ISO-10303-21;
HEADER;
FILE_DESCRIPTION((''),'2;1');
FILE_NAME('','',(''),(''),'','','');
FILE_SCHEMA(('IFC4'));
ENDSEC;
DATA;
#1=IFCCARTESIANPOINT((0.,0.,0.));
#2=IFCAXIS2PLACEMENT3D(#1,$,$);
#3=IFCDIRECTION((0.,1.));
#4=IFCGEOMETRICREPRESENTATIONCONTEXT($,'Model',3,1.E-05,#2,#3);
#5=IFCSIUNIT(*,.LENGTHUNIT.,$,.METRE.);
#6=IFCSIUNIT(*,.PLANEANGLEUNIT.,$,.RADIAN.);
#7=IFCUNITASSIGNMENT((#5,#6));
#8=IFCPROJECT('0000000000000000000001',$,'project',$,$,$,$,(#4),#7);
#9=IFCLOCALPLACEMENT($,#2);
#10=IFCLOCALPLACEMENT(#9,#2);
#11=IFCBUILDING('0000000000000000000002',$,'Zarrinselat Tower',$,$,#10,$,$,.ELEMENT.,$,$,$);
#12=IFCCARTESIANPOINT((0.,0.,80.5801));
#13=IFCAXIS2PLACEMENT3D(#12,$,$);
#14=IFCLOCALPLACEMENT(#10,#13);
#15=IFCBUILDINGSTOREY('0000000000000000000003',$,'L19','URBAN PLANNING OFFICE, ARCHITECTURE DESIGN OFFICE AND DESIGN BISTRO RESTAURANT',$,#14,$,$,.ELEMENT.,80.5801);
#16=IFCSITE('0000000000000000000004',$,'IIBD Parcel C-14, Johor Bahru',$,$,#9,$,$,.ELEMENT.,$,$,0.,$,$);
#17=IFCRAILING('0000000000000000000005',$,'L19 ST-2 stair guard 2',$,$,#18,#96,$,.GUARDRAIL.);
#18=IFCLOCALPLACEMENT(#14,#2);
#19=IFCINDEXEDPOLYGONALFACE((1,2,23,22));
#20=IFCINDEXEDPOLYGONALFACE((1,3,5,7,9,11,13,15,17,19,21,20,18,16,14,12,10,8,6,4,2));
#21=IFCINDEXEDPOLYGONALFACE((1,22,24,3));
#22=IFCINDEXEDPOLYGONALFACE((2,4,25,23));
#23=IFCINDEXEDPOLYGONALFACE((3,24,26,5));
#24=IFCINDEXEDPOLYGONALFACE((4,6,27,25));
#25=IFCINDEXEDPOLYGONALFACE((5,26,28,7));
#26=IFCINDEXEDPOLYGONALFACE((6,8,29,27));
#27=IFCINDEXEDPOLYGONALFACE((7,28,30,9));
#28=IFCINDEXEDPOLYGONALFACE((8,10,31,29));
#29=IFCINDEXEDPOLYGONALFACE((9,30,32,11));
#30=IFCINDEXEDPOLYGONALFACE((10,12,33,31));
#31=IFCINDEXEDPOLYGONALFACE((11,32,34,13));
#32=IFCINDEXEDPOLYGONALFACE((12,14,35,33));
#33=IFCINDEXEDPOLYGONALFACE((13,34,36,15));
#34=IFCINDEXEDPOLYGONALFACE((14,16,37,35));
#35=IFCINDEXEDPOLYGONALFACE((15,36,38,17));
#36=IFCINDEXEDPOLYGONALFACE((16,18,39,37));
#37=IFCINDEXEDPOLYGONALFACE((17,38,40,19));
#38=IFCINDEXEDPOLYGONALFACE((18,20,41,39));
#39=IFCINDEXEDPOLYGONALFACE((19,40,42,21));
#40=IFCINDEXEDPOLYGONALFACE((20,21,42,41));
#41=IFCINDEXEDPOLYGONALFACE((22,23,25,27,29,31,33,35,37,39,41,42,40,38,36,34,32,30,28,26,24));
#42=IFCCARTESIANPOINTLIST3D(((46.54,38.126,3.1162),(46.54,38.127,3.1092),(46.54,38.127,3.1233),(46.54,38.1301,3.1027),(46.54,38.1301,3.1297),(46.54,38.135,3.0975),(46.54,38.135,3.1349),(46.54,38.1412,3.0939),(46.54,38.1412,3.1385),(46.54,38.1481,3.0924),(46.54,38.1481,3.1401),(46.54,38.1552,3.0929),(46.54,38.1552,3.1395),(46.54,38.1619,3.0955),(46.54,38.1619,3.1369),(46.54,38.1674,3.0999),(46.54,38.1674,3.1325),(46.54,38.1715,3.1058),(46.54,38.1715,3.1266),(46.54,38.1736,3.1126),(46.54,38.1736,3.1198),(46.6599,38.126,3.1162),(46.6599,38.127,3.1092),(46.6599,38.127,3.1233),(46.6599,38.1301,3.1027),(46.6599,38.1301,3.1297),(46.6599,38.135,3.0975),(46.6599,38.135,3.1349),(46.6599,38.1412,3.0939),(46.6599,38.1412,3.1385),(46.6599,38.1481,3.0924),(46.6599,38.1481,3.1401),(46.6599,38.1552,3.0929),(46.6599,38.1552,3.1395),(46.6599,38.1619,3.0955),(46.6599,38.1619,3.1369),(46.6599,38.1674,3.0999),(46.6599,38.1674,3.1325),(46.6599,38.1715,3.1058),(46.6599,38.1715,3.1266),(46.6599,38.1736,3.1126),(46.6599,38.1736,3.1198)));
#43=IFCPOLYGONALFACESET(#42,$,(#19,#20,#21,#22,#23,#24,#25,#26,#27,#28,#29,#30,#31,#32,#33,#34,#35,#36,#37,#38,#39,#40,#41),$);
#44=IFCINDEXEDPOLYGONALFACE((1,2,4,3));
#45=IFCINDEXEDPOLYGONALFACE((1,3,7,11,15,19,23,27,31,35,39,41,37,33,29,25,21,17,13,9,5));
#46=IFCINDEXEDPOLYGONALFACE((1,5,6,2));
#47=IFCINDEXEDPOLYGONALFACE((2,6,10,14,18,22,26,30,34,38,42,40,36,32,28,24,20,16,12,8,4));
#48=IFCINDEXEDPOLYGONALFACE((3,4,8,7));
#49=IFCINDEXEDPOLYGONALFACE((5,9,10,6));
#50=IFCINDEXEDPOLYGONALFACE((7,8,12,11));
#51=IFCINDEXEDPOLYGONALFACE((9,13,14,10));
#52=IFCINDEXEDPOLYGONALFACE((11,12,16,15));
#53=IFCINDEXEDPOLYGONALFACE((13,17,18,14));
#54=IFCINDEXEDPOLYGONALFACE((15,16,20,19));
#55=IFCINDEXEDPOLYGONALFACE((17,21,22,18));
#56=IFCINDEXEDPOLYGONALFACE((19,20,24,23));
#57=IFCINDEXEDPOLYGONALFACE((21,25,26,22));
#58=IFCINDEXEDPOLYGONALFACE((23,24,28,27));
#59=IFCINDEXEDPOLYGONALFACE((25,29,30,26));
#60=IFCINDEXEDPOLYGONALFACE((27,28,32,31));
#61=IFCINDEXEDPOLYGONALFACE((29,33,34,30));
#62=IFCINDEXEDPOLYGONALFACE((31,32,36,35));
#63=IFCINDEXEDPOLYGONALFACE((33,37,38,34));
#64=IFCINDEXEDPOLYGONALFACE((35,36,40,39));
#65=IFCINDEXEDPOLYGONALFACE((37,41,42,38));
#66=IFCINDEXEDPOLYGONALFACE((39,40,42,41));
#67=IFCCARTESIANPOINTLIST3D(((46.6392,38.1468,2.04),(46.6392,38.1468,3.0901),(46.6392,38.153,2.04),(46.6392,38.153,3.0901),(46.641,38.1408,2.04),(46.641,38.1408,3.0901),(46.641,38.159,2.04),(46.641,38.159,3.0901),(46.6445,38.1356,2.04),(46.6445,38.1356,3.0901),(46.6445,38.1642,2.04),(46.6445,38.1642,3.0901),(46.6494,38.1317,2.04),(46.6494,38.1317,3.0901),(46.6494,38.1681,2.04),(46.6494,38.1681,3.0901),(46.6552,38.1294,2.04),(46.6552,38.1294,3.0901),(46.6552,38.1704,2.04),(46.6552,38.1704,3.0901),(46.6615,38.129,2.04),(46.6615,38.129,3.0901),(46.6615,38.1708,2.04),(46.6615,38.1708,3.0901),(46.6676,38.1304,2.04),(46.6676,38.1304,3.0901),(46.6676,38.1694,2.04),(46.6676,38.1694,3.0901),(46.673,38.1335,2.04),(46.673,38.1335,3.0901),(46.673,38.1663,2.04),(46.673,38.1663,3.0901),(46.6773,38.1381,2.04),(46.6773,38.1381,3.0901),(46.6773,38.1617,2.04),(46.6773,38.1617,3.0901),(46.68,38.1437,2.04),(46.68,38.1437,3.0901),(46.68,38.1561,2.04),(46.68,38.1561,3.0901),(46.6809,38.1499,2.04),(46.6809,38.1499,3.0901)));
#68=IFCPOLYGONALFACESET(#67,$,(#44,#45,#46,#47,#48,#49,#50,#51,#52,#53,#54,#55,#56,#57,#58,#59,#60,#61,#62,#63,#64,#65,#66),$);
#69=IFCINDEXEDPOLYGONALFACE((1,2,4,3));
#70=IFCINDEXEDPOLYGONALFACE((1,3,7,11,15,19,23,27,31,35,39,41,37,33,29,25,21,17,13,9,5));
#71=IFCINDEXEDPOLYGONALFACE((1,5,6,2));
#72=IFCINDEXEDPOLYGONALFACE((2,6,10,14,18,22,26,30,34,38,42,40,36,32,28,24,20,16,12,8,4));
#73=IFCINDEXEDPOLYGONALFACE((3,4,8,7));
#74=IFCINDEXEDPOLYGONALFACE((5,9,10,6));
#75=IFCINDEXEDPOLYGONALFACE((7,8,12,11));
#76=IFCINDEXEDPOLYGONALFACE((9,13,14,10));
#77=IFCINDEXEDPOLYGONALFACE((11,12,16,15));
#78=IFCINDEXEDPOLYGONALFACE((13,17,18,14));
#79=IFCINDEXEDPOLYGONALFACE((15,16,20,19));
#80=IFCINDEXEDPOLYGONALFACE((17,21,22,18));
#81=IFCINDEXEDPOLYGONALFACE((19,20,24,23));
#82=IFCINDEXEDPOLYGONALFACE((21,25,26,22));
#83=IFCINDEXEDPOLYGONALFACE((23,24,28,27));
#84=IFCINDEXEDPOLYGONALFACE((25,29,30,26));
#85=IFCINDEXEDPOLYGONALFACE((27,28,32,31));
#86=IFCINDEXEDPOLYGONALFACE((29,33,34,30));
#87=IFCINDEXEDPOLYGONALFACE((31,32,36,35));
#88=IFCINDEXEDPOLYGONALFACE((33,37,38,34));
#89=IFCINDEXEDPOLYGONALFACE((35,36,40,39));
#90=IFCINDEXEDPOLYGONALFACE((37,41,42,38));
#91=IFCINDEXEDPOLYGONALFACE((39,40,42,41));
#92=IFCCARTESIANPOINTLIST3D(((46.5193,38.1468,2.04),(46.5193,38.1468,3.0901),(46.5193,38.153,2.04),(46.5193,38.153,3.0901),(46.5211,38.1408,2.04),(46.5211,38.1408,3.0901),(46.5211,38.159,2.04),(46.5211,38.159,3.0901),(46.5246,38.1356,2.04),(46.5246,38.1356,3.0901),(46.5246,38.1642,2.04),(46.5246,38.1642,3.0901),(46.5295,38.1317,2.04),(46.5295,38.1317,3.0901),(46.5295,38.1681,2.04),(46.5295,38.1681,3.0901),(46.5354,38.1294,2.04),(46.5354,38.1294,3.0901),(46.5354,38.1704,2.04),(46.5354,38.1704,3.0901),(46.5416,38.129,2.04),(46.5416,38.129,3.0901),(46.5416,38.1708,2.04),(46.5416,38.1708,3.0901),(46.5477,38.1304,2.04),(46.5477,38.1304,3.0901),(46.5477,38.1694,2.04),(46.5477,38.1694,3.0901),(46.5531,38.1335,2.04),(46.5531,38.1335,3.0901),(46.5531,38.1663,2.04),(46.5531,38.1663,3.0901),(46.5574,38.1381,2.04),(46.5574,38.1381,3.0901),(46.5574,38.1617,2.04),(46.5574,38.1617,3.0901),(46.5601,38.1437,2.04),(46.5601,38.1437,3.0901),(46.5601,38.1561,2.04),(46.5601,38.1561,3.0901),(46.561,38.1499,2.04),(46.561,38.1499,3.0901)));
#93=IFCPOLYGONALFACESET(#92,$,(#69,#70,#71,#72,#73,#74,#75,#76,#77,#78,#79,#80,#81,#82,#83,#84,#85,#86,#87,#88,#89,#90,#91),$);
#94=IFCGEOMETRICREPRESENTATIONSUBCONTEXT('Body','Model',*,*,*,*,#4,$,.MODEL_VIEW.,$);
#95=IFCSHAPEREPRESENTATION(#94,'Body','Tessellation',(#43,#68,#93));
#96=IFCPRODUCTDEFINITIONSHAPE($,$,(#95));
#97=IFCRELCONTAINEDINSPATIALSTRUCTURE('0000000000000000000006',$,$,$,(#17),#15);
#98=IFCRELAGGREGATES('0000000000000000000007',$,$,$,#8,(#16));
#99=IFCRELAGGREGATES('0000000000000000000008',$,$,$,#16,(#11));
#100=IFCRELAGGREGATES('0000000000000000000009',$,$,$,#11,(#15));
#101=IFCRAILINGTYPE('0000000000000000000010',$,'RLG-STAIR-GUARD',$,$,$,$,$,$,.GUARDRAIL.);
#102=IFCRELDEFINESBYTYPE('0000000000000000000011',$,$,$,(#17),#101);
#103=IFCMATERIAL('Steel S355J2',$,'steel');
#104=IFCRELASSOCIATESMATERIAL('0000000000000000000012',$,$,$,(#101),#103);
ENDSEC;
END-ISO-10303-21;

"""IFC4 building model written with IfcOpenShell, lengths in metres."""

from ifc_helpers import new_model, si_unit, direction, frame, origin, origin_2d, place, context, subcontext, project, spatial, circle, extrude, material, type_object, element, save


model = new_model("IFC4")

# Units and contexts
model_context = context("Model", 3, precision=1e-05, world=origin(), true_north=direction((0.0, 1.0)))
body_context = subcontext(model_context, "Body", "Model", "MODEL_VIEW")
ifc_project = project(units=[si_unit("LENGTHUNIT", "METRE"), si_unit("PLANEANGLEUNIT", "RADIAN")], contexts=[model_context])

# Site, building, storey
site_placement = place(None, origin())
site = spatial("IfcSite", under=ifc_project, at=site_placement, Name="IIBD Parcel C-14, Johor Bahru", CompositionType="ELEMENT", RefElevation=0.0)
building_placement = place(site_placement, origin())
building = spatial("IfcBuilding", under=site, at=building_placement, Name="Zarrinselat Tower", CompositionType="ELEMENT")
storey_placement = place(building_placement, frame((0.0, 0.0, 80.5801)))
storey = spatial("IfcBuildingStorey", under=building, at=storey_placement, Name="L19", Description="URBAN PLANNING OFFICE, ARCHITECTURE DESIGN OFFICE AND DESIGN BISTRO RESTAURANT", CompositionType="ELEMENT", Elevation=80.5801)

# Railing
ifc_material_1 = material(Name="Steel S355J2", Category="steel")
railing_type = type_object("IfcRailingType", Name="RLG-STAIR-GUARD", PredefinedType="GUARDRAIL", material=ifc_material_1)
railing_1_placement = place(storey_placement, frame((46.6599, 38.1499, 2.04)))
element("IfcRailing", 1, at=railing_1_placement, inside=storey, type_object=railing_type, Name="L19 ST-2 stair guard 2", PredefinedType="GUARDRAIL", context=body_context, shape_type="SweptSolid", body=[
    extrude(circle(Radius=0.0239, at=origin_2d()), frame((0.0, 0.0, 1.0762), z_axis=(-1.0, 0.0, 0.0), x_axis=(0.0, -1.0, 0.0)), (0.0, 0.0, 1.0), 0.1199),
    extrude(circle(Radius=0.021, at=origin_2d()), origin(), (0.0, 0.0, 1.0), 1.05),
    extrude(circle(Radius=0.021, at=origin_2d()), frame((-0.1199, 0.0, 0.0)), (0.0, 0.0, 1.0), 1.05),
])

save(model, "model.ifc")
